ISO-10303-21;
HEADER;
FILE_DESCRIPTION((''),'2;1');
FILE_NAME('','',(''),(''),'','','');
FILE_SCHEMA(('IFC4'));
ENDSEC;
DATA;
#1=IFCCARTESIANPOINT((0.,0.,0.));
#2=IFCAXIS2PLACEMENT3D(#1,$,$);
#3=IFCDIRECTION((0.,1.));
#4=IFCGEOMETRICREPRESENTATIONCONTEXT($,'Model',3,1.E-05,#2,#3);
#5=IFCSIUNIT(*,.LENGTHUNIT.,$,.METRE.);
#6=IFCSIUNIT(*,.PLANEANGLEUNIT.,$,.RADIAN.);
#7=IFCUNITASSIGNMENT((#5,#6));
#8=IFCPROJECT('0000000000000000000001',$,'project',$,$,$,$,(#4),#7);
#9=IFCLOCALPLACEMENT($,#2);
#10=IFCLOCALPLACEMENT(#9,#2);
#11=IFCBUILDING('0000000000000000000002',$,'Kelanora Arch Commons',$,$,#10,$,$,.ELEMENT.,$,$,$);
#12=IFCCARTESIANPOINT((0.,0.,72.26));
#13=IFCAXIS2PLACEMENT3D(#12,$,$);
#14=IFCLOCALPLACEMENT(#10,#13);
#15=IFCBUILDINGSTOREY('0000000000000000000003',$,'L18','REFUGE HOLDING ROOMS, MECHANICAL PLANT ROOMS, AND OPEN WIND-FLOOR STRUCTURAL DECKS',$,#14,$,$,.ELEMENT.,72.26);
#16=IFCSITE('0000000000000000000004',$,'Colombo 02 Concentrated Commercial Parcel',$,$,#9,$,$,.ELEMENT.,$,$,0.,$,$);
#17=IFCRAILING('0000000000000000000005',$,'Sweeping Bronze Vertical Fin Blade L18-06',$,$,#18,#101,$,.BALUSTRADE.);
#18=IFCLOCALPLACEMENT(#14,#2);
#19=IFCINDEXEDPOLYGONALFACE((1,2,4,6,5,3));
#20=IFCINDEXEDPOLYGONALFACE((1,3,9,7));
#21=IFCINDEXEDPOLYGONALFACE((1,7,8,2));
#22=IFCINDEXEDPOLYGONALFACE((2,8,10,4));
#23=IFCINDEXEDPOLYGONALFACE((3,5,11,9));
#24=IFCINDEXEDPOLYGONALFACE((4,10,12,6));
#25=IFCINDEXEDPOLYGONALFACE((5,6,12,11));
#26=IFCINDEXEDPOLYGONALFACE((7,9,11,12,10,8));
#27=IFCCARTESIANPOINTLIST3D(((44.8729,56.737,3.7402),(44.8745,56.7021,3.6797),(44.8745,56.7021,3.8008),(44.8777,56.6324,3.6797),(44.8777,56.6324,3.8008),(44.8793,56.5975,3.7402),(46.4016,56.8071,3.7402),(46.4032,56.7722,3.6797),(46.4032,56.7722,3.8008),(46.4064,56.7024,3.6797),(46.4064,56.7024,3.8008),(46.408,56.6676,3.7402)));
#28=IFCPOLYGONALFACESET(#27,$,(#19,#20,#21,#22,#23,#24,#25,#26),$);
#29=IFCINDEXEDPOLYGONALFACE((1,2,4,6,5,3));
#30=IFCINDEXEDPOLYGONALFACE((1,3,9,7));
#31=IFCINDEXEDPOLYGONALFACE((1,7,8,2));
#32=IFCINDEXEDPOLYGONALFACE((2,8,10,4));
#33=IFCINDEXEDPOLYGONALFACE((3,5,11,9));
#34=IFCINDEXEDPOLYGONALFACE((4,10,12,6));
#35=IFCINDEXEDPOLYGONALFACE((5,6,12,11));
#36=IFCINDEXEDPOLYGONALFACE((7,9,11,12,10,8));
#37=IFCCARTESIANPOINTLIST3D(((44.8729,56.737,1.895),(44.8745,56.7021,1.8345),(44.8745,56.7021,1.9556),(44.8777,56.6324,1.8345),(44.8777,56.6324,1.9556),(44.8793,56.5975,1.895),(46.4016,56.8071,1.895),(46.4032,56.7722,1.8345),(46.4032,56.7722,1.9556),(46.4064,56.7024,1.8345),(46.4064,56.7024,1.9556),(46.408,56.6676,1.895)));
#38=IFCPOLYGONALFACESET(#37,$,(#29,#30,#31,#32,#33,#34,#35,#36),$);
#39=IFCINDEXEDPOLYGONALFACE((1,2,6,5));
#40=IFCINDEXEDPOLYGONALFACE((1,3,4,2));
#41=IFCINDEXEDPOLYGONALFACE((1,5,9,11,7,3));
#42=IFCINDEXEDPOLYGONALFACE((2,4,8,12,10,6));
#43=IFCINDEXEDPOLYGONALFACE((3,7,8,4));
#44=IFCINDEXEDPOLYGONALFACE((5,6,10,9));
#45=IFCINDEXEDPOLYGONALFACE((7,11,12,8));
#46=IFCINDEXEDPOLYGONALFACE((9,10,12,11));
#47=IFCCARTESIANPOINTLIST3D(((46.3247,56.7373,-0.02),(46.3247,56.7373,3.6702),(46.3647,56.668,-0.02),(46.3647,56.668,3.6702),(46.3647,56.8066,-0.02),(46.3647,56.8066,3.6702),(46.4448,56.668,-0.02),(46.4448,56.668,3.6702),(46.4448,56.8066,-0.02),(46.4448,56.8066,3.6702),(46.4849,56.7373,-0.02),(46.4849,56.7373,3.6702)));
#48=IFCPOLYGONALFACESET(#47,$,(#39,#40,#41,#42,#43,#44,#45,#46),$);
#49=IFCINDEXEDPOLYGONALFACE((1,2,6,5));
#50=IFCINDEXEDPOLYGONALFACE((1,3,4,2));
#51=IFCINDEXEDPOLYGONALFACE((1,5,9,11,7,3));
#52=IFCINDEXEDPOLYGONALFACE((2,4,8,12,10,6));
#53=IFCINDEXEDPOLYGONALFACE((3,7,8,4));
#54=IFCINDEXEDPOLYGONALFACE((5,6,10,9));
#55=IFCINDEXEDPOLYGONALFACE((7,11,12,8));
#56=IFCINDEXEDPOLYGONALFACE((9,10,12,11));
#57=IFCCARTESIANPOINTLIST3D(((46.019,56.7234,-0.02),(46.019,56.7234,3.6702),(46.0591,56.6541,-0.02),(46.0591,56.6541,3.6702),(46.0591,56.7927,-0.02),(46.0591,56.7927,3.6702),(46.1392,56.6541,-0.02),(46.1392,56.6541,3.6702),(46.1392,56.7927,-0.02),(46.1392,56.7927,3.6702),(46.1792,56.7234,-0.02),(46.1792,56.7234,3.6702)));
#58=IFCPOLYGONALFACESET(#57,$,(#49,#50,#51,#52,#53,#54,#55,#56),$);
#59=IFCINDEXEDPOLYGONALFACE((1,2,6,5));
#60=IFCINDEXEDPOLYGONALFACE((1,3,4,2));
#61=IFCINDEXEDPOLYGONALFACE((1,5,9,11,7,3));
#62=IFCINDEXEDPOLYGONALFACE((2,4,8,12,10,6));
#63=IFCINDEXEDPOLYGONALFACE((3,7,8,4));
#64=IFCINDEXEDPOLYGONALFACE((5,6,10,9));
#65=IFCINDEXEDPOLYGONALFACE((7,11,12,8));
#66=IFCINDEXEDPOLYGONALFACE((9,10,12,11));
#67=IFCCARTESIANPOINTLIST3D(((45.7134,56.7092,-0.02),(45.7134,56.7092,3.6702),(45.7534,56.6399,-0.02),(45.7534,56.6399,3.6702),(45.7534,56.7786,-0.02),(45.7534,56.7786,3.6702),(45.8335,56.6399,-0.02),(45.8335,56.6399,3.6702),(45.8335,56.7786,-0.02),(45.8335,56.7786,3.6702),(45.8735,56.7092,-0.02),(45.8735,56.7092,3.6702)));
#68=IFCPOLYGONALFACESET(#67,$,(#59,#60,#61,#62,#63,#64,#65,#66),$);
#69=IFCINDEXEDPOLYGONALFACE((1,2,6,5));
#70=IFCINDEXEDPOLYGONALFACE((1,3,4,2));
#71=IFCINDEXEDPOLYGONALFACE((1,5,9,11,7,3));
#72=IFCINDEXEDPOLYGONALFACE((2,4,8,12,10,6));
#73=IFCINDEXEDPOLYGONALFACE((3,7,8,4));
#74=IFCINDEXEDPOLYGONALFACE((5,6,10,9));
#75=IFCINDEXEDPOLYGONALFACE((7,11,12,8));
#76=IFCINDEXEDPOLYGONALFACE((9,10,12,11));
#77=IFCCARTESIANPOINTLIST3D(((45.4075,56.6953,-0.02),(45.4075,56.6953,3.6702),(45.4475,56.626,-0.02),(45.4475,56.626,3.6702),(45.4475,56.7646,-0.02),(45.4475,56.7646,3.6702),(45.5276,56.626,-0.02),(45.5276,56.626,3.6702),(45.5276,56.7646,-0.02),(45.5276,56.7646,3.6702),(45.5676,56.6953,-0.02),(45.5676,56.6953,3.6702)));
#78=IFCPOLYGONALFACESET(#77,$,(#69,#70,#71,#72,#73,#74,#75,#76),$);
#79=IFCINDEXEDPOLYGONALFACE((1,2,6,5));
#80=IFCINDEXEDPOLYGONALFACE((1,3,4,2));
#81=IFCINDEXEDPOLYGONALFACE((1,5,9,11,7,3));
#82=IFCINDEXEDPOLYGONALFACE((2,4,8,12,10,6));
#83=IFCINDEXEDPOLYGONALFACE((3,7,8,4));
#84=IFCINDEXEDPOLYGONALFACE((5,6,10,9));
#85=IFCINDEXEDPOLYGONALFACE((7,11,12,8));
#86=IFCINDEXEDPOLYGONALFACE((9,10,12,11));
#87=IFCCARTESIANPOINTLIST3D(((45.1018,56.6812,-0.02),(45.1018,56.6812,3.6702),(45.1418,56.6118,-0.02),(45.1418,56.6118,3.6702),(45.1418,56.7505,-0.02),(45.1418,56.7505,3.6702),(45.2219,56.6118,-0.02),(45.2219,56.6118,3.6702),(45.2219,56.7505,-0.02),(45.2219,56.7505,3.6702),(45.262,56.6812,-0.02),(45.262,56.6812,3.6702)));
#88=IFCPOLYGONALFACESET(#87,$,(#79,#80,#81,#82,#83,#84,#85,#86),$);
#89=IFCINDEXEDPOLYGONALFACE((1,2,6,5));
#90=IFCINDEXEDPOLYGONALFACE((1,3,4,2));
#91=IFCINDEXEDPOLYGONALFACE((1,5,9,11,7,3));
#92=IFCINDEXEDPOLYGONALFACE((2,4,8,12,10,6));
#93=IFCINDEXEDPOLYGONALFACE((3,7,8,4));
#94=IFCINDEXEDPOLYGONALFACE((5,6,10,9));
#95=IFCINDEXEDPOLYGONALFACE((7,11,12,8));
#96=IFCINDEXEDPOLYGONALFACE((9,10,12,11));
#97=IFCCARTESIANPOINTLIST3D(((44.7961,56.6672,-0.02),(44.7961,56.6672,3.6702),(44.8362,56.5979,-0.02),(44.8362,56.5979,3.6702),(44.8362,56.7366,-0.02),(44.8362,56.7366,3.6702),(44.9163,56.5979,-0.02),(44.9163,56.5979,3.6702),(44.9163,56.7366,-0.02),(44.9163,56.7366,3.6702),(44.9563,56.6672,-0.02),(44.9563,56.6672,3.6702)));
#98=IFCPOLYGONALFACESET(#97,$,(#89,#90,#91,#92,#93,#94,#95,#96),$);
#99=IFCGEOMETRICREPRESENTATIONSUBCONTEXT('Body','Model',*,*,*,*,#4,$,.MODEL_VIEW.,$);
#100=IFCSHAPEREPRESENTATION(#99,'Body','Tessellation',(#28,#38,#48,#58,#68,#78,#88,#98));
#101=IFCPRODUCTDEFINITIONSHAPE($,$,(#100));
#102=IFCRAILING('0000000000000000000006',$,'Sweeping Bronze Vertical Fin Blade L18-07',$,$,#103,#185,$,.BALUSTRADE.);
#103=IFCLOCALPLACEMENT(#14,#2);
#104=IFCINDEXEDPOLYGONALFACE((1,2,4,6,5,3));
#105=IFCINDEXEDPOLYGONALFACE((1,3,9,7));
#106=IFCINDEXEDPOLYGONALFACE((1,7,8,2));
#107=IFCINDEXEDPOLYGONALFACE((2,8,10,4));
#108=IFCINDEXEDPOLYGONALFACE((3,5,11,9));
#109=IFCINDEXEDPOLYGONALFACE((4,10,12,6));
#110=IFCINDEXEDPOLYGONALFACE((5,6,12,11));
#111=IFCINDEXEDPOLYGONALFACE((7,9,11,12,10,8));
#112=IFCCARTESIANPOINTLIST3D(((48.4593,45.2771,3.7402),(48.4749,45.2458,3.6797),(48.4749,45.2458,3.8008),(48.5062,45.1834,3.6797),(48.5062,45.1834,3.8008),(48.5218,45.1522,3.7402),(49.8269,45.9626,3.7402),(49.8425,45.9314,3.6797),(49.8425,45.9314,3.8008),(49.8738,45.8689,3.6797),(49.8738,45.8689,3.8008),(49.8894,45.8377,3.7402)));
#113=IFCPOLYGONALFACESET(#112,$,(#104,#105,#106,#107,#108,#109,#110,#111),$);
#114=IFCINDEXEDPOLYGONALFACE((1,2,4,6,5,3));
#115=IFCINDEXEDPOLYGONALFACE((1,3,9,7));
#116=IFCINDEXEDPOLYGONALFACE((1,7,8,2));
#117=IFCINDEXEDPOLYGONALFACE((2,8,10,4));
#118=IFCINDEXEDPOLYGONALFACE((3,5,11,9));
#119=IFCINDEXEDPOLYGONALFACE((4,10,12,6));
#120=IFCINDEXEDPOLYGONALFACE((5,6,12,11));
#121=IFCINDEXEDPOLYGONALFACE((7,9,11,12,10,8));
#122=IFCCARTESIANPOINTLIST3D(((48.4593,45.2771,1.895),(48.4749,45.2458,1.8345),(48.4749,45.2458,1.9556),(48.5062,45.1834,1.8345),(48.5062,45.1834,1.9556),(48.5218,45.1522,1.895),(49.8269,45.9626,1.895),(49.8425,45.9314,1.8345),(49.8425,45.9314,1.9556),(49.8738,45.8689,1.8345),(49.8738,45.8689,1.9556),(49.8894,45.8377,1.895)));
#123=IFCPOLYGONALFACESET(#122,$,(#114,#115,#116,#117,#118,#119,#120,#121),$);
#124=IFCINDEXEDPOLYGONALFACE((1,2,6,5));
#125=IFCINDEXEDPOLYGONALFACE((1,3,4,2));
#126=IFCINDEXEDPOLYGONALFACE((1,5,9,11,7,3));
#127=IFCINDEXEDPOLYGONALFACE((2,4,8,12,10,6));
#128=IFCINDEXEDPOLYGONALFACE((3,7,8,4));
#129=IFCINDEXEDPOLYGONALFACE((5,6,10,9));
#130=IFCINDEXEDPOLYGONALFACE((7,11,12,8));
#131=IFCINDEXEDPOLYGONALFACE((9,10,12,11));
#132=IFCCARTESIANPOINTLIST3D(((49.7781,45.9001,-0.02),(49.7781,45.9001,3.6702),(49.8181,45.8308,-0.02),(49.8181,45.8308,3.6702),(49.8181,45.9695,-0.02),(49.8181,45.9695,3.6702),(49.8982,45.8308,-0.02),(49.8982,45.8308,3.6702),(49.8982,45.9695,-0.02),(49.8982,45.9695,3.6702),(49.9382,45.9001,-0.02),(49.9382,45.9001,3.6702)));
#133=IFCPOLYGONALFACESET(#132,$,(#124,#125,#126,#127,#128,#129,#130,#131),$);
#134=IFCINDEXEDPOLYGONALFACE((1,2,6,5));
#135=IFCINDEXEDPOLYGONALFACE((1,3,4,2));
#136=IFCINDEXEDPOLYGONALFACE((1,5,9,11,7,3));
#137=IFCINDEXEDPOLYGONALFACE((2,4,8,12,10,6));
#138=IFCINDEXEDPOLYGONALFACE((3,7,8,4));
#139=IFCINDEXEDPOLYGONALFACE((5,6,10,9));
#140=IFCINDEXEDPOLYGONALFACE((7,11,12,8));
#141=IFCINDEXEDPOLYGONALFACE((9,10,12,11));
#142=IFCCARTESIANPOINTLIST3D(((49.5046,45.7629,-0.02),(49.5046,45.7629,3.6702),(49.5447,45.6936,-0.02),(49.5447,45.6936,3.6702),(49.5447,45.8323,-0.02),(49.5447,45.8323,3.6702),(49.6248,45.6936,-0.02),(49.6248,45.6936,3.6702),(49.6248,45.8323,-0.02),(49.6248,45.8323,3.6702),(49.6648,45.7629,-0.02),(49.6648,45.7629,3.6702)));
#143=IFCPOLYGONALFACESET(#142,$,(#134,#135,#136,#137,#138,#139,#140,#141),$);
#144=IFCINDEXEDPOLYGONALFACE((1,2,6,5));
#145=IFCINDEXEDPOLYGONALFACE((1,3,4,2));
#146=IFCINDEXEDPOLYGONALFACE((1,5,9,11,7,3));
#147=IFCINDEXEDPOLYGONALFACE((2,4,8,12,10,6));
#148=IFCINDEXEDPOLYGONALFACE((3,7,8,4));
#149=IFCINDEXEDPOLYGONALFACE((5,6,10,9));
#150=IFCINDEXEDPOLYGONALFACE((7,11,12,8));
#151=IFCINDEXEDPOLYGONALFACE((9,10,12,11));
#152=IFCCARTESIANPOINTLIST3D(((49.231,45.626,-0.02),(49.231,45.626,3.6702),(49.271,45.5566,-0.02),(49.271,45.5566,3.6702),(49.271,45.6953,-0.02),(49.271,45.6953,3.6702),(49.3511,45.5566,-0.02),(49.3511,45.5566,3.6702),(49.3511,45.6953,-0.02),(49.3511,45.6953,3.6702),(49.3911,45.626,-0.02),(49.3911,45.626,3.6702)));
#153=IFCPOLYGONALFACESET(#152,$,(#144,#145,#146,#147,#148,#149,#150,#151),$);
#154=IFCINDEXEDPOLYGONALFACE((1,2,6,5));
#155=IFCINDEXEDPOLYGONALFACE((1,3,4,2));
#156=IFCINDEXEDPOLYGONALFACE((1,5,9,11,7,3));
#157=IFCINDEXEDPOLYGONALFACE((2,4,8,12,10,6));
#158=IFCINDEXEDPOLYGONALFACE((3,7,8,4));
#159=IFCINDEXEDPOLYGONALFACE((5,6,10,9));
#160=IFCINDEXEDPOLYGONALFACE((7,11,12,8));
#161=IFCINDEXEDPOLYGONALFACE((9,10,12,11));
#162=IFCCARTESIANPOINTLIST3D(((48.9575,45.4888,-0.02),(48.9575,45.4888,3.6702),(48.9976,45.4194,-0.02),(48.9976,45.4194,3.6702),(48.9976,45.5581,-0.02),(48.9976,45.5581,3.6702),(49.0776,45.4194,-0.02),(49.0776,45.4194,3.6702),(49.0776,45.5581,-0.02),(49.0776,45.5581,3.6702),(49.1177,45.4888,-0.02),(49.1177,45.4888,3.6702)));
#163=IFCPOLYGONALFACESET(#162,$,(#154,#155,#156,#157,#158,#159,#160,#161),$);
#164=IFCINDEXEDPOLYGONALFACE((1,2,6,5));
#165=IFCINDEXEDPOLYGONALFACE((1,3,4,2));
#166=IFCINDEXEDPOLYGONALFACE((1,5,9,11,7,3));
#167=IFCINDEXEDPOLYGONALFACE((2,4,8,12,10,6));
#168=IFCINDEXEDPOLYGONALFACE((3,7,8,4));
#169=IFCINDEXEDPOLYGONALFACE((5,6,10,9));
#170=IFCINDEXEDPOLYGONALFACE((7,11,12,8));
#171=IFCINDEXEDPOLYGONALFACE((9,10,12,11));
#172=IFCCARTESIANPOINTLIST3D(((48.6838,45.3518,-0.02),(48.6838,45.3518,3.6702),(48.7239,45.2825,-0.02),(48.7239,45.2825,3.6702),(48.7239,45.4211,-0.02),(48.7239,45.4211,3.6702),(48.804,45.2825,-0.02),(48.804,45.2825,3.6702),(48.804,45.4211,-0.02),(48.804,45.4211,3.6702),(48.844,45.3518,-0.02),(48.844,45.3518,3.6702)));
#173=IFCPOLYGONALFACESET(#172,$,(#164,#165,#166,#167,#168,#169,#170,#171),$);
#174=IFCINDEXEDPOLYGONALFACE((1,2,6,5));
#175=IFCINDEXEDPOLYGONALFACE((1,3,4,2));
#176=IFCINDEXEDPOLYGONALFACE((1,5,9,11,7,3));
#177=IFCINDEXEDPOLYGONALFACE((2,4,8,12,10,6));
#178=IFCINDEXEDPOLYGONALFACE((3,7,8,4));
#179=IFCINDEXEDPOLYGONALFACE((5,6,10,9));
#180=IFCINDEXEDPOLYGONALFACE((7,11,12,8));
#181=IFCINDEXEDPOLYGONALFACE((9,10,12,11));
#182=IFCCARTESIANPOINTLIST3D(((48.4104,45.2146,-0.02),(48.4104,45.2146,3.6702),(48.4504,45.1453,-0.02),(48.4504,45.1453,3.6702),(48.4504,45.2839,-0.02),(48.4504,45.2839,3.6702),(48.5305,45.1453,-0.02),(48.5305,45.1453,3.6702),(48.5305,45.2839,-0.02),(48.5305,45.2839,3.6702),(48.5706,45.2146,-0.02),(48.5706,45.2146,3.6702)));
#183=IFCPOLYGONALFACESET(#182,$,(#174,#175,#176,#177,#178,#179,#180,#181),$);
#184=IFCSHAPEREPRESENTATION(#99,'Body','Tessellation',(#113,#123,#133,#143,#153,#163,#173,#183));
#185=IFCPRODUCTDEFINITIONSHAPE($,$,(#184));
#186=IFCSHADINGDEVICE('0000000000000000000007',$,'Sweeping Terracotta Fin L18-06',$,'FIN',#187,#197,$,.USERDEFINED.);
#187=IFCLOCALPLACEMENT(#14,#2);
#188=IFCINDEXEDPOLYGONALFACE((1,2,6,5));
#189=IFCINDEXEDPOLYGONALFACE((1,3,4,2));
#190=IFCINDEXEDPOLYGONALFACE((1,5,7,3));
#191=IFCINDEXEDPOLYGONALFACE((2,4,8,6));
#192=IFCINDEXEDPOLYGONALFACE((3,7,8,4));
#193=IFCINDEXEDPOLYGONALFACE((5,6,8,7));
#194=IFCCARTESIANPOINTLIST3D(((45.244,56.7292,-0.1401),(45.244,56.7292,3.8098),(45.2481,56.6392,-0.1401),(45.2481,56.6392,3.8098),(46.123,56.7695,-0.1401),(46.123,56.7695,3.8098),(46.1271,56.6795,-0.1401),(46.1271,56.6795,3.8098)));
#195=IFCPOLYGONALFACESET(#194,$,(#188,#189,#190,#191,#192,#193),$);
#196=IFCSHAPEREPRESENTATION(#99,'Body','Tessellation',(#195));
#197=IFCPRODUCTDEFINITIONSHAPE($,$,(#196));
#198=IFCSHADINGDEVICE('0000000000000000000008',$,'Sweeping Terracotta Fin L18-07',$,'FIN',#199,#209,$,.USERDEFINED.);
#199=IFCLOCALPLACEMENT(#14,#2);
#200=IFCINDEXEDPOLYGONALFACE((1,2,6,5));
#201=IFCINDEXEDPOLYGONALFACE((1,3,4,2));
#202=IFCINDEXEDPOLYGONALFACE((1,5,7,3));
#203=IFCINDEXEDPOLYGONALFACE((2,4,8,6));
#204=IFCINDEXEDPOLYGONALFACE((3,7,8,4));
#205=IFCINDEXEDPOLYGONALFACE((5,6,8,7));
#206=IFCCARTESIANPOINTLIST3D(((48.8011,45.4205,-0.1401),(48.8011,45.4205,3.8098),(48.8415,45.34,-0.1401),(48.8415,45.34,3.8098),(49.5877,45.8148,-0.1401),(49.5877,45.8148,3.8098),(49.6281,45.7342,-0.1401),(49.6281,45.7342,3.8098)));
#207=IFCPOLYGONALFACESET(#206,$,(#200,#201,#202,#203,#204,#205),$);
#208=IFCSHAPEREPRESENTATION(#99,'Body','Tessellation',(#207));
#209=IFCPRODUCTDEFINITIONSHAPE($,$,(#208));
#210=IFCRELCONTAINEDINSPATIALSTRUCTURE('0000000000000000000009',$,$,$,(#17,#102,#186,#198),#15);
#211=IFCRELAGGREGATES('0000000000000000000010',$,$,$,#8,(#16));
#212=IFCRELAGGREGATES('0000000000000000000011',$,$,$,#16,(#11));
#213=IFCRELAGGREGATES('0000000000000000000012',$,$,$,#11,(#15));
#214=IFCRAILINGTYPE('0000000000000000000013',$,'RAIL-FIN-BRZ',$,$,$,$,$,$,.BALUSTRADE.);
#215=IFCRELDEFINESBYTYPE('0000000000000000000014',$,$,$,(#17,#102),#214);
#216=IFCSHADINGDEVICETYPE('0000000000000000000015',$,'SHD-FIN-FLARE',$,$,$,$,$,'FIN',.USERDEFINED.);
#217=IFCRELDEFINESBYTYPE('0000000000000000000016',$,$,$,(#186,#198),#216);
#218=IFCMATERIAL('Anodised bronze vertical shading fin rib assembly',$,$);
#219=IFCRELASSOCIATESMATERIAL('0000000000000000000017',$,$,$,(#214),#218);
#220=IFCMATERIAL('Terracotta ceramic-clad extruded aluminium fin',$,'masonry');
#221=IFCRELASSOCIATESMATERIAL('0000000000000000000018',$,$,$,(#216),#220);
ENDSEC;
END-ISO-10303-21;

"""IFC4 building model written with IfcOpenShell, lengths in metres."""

from ifc_helpers import new_model, si_unit, direction, frame, origin, origin_2d, place, context, subcontext, project, spatial, polyline, rectangle, outline, extrude, source, transform, mapped, material, type_object, element, save


model = new_model("IFC4")

# Units and contexts
model_context = context("Model", 3, precision=1e-05, world=origin(), true_north=direction((0.0, 1.0)))
body_context = subcontext(model_context, "Body", "Model", "MODEL_VIEW")
ifc_project = project(units=[si_unit("LENGTHUNIT", "METRE"), si_unit("PLANEANGLEUNIT", "RADIAN")], contexts=[model_context])

# Site, building, storey
site_placement = place(None, origin())
site = spatial("IfcSite", under=ifc_project, at=site_placement, Name="Colombo 02 Concentrated Commercial Parcel", CompositionType="ELEMENT", RefElevation=0.0)
building_placement = place(site_placement, origin())
building = spatial("IfcBuilding", under=site, at=building_placement, Name="Kelanora Arch Commons", CompositionType="ELEMENT")
storey_placement = place(building_placement, frame((0.0, 0.0, 72.26)))
storey = spatial("IfcBuildingStorey", under=building, at=storey_placement, Name="L18", Description="REFUGE HOLDING ROOMS, MECHANICAL PLANT ROOMS, AND OPEN WIND-FLOOR STRUCTURAL DECKS", CompositionType="ELEMENT", Elevation=72.26)

# Railings
ifc_material_1 = material(Name="Anodised bronze vertical shading fin rib assembly")
railing_type = type_object("IfcRailingType", Name="RAIL-FIN-BRZ", PredefinedType="BALUSTRADE", material=ifc_material_1)
railing_1_placement = place(storey_placement, frame((46.4048, 56.7373, -0.02)))
element("IfcRailing", 1, at=railing_1_placement, inside=storey, type_object=railing_type, Name="Sweeping Bronze Vertical Fin Blade L18-06", PredefinedType="BALUSTRADE", context=body_context, shape_type="SweptSolid", body=[
    extrude(outline(polyline([(0.0698, 0.0), (0.0349, 0.0605), (-0.0349, 0.0605), (-0.0698, 0.0), (-0.0349, -0.0605), (0.0349, -0.0605), (0.0698, 0.0)])), frame((0.0, 0.0, 3.7603), z_axis=(-0.998951, -0.045791, 0.0), x_axis=(0.045791, -0.998951, 0.0)), (0.0, 0.0, 1.0), 1.5303),
    extrude(outline(polyline([(0.0698, 0.0), (0.0349, 0.0605), (-0.0349, 0.0605), (-0.0698, 0.0), (-0.0349, -0.0605), (0.0349, -0.0605), (0.0698, 0.0)])), frame((0.0, 0.0, 1.915), z_axis=(-0.998951, -0.045791, 0.0), x_axis=(0.045791, -0.998951, 0.0)), (0.0, 0.0, 1.0), 1.5303),
    extrude(outline(polyline([(0.0801, 0.0), (0.04, 0.0693), (-0.04, 0.0693), (-0.0801, 0.0), (-0.04, -0.0693), (0.04, -0.0693), (0.0801, 0.0)])), origin(), (0.0, 0.0, 1.0), 3.6902),
    extrude(outline(polyline([(0.0801, 0.0), (0.04, 0.0693), (-0.04, 0.0693), (-0.0801, 0.0), (-0.04, -0.0693), (0.04, -0.0693), (0.0801, 0.0)])), frame((-0.3057, -0.0139, 0.0)), (0.0, 0.0, 1.0), 3.6902),
    extrude(outline(polyline([(0.0801, 0.0), (0.04, 0.0693), (-0.04, 0.0693), (-0.0801, 0.0), (-0.04, -0.0693), (0.04, -0.0693), (0.0801, 0.0)])), frame((-0.6113, -0.0281, 0.0)), (0.0, 0.0, 1.0), 3.6902),
    extrude(outline(polyline([(0.0801, 0.0), (0.04, 0.0693), (-0.04, 0.0693), (-0.0801, 0.0), (-0.04, -0.0693), (0.04, -0.0693), (0.0801, 0.0)])), frame((-0.9172, -0.042, 0.0)), (0.0, 0.0, 1.0), 3.6902),
    extrude(outline(polyline([(0.0801, 0.0), (0.04, 0.0693), (-0.04, 0.0693), (-0.0801, 0.0), (-0.04, -0.0693), (0.04, -0.0693), (0.0801, 0.0)])), frame((-1.2229, -0.0562, 0.0)), (0.0, 0.0, 1.0), 3.6902),
    extrude(outline(polyline([(0.0801, 0.0), (0.04, 0.0693), (-0.04, 0.0693), (-0.0801, 0.0), (-0.04, -0.0693), (0.04, -0.0693), (0.0801, 0.0)])), frame((-1.5286, -0.0701, 0.0)), (0.0, 0.0, 1.0), 3.6902),
])
railing_2_placement = place(storey_placement, frame((49.8582, 45.9001, -0.02)))
element("IfcRailing", 2, at=railing_2_placement, inside=storey, type_object=railing_type, Name="Sweeping Bronze Vertical Fin Blade L18-07", PredefinedType="BALUSTRADE", context=body_context, shape_type="SweptSolid", body=[
    extrude(outline(polyline([(0.0698, 0.0), (0.0349, 0.0605), (-0.0349, 0.0605), (-0.0698, 0.0), (-0.0349, -0.0605), (0.0349, -0.0605), (0.0698, 0.0)])), frame((0.0, 0.0, 3.7603), z_axis=(-0.89398, -0.448107, 0.0), x_axis=(0.448107, -0.89398, 0.0)), (0.0, 0.0, 1.0), 1.5298),
    extrude(outline(polyline([(0.0698, 0.0), (0.0349, 0.0605), (-0.0349, 0.0605), (-0.0698, 0.0), (-0.0349, -0.0605), (0.0349, -0.0605), (0.0698, 0.0)])), frame((0.0, 0.0, 1.915), z_axis=(-0.89398, -0.448107, 0.0), x_axis=(0.448107, -0.89398, 0.0)), (0.0, 0.0, 1.0), 1.5298),
    extrude(outline(polyline([(0.0801, 0.0), (0.04, 0.0693), (-0.04, 0.0693), (-0.0801, 0.0), (-0.04, -0.0693), (0.04, -0.0693), (0.0801, 0.0)])), origin(), (0.0, 0.0, 1.0), 3.6902),
    extrude(outline(polyline([(0.0801, 0.0), (0.04, 0.0693), (-0.04, 0.0693), (-0.0801, 0.0), (-0.04, -0.0693), (0.04, -0.0693), (0.0801, 0.0)])), frame((-0.2734, -0.1372, 0.0)), (0.0, 0.0, 1.0), 3.6902),
    extrude(outline(polyline([(0.0801, 0.0), (0.04, 0.0693), (-0.04, 0.0693), (-0.0801, 0.0), (-0.04, -0.0693), (0.04, -0.0693), (0.0801, 0.0)])), frame((-0.5471, -0.2742, 0.0)), (0.0, 0.0, 1.0), 3.6902),
    extrude(outline(polyline([(0.0801, 0.0), (0.04, 0.0693), (-0.04, 0.0693), (-0.0801, 0.0), (-0.04, -0.0693), (0.04, -0.0693), (0.0801, 0.0)])), frame((-0.8206, -0.4114, 0.0)), (0.0, 0.0, 1.0), 3.6902),
    extrude(outline(polyline([(0.0801, 0.0), (0.04, 0.0693), (-0.04, 0.0693), (-0.0801, 0.0), (-0.04, -0.0693), (0.04, -0.0693), (0.0801, 0.0)])), frame((-1.0942, -0.5483, 0.0)), (0.0, 0.0, 1.0), 3.6902),
    extrude(outline(polyline([(0.0801, 0.0), (0.04, 0.0693), (-0.04, 0.0693), (-0.0801, 0.0), (-0.04, -0.0693), (0.04, -0.0693), (0.0801, 0.0)])), frame((-1.3677, -0.6855, 0.0)), (0.0, 0.0, 1.0), 3.6902),
])

# Shading devices
ifc_material_2 = material(Name="Terracotta ceramic-clad extruded aluminium fin", Category="masonry")
shading_device_type = type_object("IfcShadingDeviceType", Name="SHD-FIN-FLARE", ElementType="FIN", PredefinedType="USERDEFINED", material=ifc_material_2)
shared_shape_1 = source(origin(), body_context, "Body", "SweptSolid", [
    extrude(rectangle(XDim=0.8799, YDim=0.0901, at=origin_2d()), origin(), (0.0, 0.0, 1.0), 3.95),
])
for number, where, z_axis, x_axis, name in (
    (3, (45.6855, 56.7043, -0.1401), (0.0, 0.0, 1.0), (-0.998955, -0.045712, 0.0), "Sweeping Terracotta Fin L18-06"),
    (4, (49.2146, 45.5774, -0.1401), (0.0, 0.0, 1.0), (-0.893998, -0.448071, 0.0), "Sweeping Terracotta Fin L18-07"),
):
    element("IfcShadingDevice", number, at=place(storey_placement, frame(where, z_axis=z_axis, x_axis=x_axis)), inside=storey, type_object=shading_device_type, Name=name, ObjectType="FIN", PredefinedType="USERDEFINED", context=body_context, shape_type="MappedRepresentation", body=[
        mapped(shared_shape_1, transform((0.0, 0.0, 0.0), scale=1.0)),
    ])

save(model, "model.ifc")
